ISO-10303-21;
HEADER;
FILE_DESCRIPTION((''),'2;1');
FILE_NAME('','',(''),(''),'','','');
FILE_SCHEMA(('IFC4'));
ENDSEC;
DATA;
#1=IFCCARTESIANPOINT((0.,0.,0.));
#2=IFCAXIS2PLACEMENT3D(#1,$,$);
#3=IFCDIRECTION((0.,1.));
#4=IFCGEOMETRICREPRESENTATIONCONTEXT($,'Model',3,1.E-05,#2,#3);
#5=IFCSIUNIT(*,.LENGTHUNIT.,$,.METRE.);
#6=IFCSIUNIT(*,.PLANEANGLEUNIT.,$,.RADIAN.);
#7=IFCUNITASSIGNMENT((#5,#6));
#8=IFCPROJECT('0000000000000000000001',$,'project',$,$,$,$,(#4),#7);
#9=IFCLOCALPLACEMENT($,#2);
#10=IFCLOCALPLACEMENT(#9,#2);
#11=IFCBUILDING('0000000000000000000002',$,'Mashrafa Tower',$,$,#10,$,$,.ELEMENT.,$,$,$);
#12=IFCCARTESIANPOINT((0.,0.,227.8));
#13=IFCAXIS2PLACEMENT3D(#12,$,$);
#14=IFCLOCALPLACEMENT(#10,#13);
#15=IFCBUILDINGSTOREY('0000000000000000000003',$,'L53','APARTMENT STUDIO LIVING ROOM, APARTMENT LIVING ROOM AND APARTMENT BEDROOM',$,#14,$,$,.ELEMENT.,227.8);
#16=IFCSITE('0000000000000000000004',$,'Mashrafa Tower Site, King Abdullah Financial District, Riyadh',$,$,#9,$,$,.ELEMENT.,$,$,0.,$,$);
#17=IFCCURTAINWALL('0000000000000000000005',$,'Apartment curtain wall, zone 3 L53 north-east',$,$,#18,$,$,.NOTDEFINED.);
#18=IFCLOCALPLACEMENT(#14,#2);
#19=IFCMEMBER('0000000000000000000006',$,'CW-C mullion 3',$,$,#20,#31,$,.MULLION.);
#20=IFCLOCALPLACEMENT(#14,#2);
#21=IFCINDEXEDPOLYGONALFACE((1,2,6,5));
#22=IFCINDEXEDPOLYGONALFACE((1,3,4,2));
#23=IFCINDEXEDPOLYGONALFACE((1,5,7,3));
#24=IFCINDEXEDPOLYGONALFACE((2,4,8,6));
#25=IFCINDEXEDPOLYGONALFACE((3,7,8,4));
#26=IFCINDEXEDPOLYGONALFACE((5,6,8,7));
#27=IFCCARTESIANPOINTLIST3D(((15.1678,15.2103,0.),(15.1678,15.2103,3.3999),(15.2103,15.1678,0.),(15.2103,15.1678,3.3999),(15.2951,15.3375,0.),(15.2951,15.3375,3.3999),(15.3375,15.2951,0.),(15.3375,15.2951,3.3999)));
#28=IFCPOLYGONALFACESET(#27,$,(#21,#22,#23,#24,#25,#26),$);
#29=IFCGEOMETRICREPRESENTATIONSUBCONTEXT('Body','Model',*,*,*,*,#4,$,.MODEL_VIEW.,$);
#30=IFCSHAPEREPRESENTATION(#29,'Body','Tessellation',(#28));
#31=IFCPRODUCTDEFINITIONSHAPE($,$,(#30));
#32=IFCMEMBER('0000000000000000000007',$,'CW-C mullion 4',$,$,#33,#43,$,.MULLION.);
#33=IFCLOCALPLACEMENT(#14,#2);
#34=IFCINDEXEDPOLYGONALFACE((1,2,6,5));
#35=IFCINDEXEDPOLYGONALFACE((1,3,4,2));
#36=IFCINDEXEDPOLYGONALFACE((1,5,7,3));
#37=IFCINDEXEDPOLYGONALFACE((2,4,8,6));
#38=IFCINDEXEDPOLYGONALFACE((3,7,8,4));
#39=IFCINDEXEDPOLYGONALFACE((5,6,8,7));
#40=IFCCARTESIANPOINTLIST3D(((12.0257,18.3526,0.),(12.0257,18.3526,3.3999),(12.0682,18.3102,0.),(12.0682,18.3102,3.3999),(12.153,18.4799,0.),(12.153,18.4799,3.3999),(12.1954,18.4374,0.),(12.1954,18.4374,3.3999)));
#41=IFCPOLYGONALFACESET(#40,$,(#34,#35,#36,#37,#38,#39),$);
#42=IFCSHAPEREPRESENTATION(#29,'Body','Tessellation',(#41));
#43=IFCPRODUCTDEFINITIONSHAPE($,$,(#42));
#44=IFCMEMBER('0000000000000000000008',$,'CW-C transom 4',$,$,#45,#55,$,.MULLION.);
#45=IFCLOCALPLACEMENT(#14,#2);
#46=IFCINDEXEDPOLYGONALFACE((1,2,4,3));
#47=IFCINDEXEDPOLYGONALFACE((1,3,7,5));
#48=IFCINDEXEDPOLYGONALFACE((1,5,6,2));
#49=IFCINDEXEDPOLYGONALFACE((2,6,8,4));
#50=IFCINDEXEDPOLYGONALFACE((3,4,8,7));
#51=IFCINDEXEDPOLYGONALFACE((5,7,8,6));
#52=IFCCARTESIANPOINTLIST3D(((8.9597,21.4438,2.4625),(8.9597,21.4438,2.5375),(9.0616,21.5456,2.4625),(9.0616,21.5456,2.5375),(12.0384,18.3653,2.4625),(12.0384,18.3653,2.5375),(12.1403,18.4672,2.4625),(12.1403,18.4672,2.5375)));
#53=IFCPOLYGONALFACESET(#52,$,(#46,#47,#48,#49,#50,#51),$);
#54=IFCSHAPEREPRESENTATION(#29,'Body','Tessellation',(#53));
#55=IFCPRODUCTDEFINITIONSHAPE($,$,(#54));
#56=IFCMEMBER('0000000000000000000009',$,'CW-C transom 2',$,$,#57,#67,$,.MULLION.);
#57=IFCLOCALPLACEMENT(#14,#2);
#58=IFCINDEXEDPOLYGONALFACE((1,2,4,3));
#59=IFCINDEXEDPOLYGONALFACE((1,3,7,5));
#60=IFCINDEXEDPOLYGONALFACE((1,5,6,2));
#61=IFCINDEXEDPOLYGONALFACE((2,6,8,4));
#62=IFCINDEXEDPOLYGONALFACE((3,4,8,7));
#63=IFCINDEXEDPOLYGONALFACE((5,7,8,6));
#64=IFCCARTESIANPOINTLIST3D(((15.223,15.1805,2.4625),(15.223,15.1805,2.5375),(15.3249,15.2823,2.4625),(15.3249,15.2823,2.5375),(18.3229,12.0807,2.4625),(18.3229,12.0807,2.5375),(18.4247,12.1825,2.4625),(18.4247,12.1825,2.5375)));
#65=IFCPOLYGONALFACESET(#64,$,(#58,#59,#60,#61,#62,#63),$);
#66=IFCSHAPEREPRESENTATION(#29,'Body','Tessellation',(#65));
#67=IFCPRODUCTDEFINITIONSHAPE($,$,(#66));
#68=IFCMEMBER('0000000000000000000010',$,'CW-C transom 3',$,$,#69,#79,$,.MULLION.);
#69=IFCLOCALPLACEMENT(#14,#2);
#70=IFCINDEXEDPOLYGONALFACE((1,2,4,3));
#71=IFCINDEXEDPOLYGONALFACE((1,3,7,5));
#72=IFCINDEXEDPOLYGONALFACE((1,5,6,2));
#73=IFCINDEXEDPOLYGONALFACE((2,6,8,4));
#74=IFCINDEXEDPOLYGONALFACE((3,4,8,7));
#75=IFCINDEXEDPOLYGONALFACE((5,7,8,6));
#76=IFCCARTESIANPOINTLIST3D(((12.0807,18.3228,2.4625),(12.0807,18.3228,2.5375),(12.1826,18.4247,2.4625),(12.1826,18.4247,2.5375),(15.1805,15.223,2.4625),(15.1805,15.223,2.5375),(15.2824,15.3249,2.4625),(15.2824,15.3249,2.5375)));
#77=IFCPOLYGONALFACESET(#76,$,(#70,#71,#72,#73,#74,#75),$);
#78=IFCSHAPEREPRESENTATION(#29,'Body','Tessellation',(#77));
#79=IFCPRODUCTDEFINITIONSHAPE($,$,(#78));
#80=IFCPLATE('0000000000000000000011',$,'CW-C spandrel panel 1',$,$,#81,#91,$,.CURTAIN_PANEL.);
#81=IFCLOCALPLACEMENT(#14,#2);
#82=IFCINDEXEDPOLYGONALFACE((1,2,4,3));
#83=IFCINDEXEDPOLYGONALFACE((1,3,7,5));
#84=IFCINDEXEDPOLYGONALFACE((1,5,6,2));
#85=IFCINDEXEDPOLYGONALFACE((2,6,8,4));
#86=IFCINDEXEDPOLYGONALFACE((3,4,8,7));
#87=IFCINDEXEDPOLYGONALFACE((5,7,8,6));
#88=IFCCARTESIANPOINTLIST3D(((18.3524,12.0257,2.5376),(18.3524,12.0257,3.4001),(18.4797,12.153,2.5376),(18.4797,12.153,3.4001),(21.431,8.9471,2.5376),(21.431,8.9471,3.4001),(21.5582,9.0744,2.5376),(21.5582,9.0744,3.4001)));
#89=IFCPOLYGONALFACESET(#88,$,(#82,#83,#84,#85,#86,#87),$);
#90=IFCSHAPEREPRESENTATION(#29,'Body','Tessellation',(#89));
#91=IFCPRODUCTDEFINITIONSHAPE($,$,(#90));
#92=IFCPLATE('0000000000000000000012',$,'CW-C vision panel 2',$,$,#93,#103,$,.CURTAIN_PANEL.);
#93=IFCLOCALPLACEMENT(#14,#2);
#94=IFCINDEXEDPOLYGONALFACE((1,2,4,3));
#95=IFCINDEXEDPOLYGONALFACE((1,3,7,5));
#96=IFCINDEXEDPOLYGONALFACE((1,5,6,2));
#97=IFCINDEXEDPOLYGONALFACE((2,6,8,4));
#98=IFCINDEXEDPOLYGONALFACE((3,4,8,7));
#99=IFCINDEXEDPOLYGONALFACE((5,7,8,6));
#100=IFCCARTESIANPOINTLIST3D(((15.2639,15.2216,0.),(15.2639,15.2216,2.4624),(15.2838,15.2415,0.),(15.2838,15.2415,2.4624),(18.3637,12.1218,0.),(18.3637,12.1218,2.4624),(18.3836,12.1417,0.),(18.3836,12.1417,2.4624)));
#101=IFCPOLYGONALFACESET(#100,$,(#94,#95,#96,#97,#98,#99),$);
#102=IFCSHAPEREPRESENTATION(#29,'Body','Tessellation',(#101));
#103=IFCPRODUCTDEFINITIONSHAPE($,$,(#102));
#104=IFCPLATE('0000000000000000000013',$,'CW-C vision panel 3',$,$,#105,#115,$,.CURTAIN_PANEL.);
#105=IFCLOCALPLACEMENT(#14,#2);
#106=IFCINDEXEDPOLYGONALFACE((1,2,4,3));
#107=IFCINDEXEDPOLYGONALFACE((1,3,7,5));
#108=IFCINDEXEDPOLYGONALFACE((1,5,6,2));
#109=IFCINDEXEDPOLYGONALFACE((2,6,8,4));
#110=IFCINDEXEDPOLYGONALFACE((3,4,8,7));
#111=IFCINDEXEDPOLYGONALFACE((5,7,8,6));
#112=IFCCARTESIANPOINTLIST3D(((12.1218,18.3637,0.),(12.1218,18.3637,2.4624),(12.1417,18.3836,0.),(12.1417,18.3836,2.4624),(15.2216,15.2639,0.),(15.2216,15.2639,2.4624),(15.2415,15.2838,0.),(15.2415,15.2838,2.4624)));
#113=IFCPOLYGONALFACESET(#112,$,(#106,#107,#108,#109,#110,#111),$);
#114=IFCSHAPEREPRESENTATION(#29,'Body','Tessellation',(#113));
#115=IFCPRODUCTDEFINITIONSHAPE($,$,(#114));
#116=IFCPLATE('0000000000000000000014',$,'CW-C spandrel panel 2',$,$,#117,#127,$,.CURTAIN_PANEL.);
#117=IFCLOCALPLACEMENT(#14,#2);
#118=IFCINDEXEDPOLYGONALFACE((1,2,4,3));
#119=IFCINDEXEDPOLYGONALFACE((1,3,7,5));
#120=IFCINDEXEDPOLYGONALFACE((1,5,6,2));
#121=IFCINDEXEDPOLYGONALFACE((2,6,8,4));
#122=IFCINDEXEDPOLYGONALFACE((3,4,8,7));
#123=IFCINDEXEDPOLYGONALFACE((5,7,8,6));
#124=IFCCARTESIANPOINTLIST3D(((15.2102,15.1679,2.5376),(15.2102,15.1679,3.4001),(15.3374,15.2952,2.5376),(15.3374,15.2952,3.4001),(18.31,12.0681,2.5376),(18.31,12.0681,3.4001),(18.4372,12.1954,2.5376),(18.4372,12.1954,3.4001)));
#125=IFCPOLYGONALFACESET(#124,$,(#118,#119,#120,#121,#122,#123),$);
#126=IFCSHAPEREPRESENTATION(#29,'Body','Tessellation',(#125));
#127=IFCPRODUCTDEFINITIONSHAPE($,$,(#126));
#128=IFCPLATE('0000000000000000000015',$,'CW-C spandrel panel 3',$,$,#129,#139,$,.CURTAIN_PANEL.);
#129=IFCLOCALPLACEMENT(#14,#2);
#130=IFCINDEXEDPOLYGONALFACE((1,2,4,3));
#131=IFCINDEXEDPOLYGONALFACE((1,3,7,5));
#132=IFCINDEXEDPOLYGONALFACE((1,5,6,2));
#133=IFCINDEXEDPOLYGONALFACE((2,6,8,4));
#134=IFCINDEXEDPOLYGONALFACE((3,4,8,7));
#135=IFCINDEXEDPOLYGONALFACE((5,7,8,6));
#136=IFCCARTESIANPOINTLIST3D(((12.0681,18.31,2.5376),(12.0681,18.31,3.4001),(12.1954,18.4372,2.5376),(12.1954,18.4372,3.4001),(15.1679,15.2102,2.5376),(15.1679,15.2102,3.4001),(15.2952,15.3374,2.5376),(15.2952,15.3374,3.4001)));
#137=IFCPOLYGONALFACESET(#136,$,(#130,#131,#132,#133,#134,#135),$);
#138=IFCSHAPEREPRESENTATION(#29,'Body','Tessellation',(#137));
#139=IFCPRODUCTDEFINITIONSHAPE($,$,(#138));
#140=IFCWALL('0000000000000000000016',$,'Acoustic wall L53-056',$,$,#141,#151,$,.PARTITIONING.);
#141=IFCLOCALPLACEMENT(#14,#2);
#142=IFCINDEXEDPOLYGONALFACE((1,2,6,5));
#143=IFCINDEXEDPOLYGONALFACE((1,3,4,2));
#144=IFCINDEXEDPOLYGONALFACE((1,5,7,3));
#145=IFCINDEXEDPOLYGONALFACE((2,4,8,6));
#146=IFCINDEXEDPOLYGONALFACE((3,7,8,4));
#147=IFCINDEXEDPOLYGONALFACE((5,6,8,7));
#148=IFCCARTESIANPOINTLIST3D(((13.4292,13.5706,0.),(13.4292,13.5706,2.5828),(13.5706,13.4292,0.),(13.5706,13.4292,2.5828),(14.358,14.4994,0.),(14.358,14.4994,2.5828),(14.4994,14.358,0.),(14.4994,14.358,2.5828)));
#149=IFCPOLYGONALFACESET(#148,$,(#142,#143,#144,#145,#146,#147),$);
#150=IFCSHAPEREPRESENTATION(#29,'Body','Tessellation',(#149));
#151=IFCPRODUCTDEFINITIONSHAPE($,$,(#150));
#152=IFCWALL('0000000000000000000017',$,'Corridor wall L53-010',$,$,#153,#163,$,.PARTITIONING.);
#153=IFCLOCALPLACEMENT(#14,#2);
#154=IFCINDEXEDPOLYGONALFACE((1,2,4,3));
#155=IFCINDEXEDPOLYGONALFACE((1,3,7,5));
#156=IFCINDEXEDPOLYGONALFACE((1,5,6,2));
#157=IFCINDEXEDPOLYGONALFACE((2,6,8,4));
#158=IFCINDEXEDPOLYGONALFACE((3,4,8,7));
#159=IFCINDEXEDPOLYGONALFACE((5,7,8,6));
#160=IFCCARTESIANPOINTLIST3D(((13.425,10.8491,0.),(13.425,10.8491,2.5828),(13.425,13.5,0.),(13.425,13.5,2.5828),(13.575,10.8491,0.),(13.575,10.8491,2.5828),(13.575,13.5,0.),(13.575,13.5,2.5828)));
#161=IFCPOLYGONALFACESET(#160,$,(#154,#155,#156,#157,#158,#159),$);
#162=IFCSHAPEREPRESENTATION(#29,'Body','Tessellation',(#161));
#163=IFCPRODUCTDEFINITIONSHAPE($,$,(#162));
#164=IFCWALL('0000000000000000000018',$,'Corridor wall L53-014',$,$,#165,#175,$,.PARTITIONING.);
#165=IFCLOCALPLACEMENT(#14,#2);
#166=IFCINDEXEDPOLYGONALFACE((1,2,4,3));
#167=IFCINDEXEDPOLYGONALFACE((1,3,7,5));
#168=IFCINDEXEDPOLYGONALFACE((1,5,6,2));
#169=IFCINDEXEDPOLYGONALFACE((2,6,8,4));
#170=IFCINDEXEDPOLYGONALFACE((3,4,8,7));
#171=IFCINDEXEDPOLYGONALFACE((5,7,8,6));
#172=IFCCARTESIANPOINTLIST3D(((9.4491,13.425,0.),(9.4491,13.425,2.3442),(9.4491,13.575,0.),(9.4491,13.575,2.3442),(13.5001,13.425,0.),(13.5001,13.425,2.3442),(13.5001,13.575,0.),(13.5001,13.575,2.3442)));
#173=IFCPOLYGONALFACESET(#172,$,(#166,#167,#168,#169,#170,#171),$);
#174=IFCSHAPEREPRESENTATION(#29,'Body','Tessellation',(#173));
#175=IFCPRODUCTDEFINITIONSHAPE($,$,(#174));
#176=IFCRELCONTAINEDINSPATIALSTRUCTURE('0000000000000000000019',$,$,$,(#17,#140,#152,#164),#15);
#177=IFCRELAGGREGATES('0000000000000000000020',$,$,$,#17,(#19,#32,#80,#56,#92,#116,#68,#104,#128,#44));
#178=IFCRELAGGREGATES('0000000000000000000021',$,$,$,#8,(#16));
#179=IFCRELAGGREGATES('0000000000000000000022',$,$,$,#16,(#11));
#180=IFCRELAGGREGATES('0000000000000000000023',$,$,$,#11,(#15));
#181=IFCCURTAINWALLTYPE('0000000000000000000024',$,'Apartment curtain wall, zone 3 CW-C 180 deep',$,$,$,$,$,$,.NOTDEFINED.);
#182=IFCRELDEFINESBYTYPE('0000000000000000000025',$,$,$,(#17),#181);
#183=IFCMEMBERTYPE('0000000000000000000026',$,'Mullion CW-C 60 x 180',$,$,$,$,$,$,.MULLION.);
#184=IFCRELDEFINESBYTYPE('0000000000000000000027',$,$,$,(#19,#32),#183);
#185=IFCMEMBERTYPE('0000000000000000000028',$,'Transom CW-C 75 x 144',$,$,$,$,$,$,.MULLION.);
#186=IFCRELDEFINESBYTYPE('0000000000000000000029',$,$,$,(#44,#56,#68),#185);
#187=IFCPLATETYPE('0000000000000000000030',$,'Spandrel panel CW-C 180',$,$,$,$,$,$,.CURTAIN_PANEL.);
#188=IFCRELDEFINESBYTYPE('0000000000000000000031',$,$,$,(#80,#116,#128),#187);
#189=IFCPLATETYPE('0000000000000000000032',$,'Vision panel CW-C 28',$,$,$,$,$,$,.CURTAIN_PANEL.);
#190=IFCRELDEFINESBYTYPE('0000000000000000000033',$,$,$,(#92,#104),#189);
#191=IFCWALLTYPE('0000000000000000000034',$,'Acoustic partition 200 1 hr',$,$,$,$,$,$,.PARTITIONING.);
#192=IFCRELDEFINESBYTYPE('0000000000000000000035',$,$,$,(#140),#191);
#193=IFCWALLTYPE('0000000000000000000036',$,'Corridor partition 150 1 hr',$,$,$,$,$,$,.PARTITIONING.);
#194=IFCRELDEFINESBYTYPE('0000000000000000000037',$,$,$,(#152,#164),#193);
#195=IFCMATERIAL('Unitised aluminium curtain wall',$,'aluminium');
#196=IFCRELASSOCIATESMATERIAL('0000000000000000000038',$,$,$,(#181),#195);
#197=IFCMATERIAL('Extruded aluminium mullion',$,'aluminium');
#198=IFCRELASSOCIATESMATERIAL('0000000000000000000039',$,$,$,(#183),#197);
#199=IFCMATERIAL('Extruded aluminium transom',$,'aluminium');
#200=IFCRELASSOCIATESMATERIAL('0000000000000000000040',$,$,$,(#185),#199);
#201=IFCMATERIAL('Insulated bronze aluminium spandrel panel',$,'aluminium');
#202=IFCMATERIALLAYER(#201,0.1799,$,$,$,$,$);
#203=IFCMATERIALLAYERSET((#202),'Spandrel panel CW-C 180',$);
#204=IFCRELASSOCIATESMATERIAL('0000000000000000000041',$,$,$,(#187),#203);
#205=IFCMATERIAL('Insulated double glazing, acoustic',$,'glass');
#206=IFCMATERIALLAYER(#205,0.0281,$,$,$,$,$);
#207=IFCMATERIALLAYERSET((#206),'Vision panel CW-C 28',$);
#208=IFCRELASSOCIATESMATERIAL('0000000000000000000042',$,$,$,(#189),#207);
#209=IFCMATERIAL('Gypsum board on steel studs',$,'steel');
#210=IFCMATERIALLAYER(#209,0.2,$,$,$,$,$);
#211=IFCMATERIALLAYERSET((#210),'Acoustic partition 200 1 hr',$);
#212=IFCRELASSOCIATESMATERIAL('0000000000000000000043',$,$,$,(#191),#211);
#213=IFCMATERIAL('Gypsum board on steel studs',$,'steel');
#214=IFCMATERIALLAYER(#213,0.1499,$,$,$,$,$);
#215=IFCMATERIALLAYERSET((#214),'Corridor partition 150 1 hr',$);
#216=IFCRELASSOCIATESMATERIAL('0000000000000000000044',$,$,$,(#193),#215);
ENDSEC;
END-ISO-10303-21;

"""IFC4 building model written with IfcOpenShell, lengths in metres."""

from ifc_helpers import new_model, si_unit, direction, frame, frame_2d, origin, origin_2d, place, context, subcontext, project, spatial, rectangle, extrude, source, transform, mapped, material, layer, layer_set, material_profile, profile_set, type_object, type_shapes, element, aggregate, save


model = new_model("IFC4")

# Units and contexts
model_context = context("Model", 3, precision=1e-05, world=origin(), true_north=direction((0.0, 1.0)))
body_context = subcontext(model_context, "Body", "Model", "MODEL_VIEW")
ifc_project = project(units=[si_unit("LENGTHUNIT", "METRE"), si_unit("PLANEANGLEUNIT", "RADIAN")], contexts=[model_context])

# Site, building, storey
site_placement = place(None, origin())
site = spatial("IfcSite", under=ifc_project, at=site_placement, Name="Mashrafa Tower Site, King Abdullah Financial District, Riyadh", CompositionType="ELEMENT", RefElevation=0.0)
building_placement = place(site_placement, origin())
building = spatial("IfcBuilding", under=site, at=building_placement, Name="Mashrafa Tower", CompositionType="ELEMENT")
storey_placement = place(building_placement, frame((0.0, 0.0, 227.8)))
storey = spatial("IfcBuildingStorey", under=building, at=storey_placement, Name="L53", Description="APARTMENT STUDIO LIVING ROOM, APARTMENT LIVING ROOM AND APARTMENT BEDROOM", CompositionType="ELEMENT", Elevation=227.8)

# Curtain wall, members, plates
ifc_material_1 = material(Name="Unitised aluminium curtain wall", Category="aluminium")
curtain_wall_type = type_object("IfcCurtainWallType", Name="Apartment curtain wall, zone 3 CW-C 180 deep", PredefinedType="NOTDEFINED", material=ifc_material_1)
curtain_wall_placement = place(storey_placement, origin())
curtain_wall = element("IfcCurtainWall", 1, at=curtain_wall_placement, inside=storey, type_object=curtain_wall_type, Name="Apartment curtain wall, zone 3 L53 north-east", PredefinedType="NOTDEFINED")
ifc_material_2 = material(Name="Extruded aluminium mullion", Category="aluminium")
ifc_material_profile_1 = material_profile(ifc_material_2, rectangle(XDim=0.1799, YDim=0.0601, at=origin_2d()), Name="Mullion 60x180")
ifc_profile_set_1 = profile_set([ifc_material_profile_1], Name="Extruded aluminium mullion")
member_type_1 = type_object("IfcMemberType", Name="Mullion CW-C 60 x 180", PredefinedType="MULLION", material=ifc_profile_set_1)
shared_shape_1 = source(origin(), body_context, "Body", "SweptSolid", [
    extrude(rectangle(XDim=0.1799, YDim=0.0601, at=origin_2d()), origin(), (0.0, 0.0, 1.0), 3.3999),
])
type_shapes(member_type_1, [shared_shape_1])
member_1_placement = place(storey_placement, frame((15.2527, 15.2527, 0.0), z_axis=(0.0, 0.0, 1.0), x_axis=(-0.707107, -0.707107, 0.0)))
member_1 = element("IfcMember", 2, at=member_1_placement, type_object=member_type_1, Name="CW-C mullion 3", PredefinedType="MULLION", context=body_context, shape_type="MappedRepresentation", body=[
    mapped(shared_shape_1, transform((0.0, 0.0, 0.0))),
])
member_2_placement = place(storey_placement, frame((12.1106, 18.395, 0.0), z_axis=(0.0, 0.0, 1.0), x_axis=(-0.707107, -0.707107, 0.0)))
member_2 = element("IfcMember", 3, at=member_2_placement, type_object=member_type_1, Name="CW-C mullion 4", PredefinedType="MULLION", context=body_context, shape_type="MappedRepresentation", body=[
    mapped(shared_shape_1, transform((0.0, 0.0, 0.0))),
])
ifc_material_3 = material(Name="Extruded aluminium transom", Category="aluminium")
ifc_material_profile_2 = material_profile(ifc_material_3, rectangle(XDim=0.144, YDim=0.075, at=origin_2d()), Name="Transom 75x144")
ifc_profile_set_2 = profile_set([ifc_material_profile_2], Name="Extruded aluminium transom")
member_type_2 = type_object("IfcMemberType", Name="Transom CW-C 75 x 144", PredefinedType="MULLION", material=ifc_profile_set_2)
shared_shape_2 = source(origin(), body_context, "Body", "SweptSolid", [
    extrude(rectangle(XDim=0.144, YDim=0.075, at=origin_2d()), origin(), (0.0, 0.0, 1.0), 4.3538),
])
member_3_placement = place(storey_placement, frame((12.0894, 18.4163, 2.5), z_axis=(-0.707135, 0.707079, 0.0), x_axis=(-0.707079, -0.707135, 0.0)))
member_3 = element("IfcMember", 4, at=member_3_placement, type_object=member_type_2, Name="CW-C transom 4", PredefinedType="MULLION", context=body_context, shape_type="MappedRepresentation", body=[
    mapped(shared_shape_2, transform((0.0, 0.0, 0.0))),
])
shared_shape_3 = source(origin(), body_context, "Body", "SweptSolid", [
    extrude(rectangle(XDim=0.144, YDim=0.075, at=origin_2d()), origin(), (0.0, 0.0, 1.0), 4.3838),
])
type_shapes(member_type_2, [shared_shape_2, shared_shape_3])
member_4_placement = place(storey_placement, frame((18.3738, 12.1316, 2.5), z_axis=(-0.707107, 0.707107, 0.0), x_axis=(-0.707107, -0.707107, 0.0)))
member_4 = element("IfcMember", 5, at=member_4_placement, type_object=member_type_2, Name="CW-C transom 2", PredefinedType="MULLION", context=body_context, shape_type="MappedRepresentation", body=[
    mapped(shared_shape_3, transform((0.0, 0.0, 0.0))),
])
member_5_placement = place(storey_placement, frame((15.2314, 15.2739, 2.5), z_axis=(-0.707107, 0.707107, 0.0), x_axis=(-0.707107, -0.707107, 0.0)))
member_5 = element("IfcMember", 6, at=member_5_placement, type_object=member_type_2, Name="CW-C transom 3", PredefinedType="MULLION", context=body_context, shape_type="MappedRepresentation", body=[
    mapped(shared_shape_3, transform((0.0, 0.0, 0.0))),
])
ifc_material_4 = material(Name="Insulated bronze aluminium spandrel panel", Category="aluminium")
ifc_layer_1 = layer(ifc_material_4, 0.1799)
ifc_layer_set_1 = layer_set([ifc_layer_1], Name="Spandrel panel CW-C 180")
plate_type_1 = type_object("IfcPlateType", Name="Spandrel panel CW-C 180", PredefinedType="CURTAIN_PANEL", material=ifc_layer_set_1)
shared_shape_4 = source(origin(), body_context, "Body", "SweptSolid", [
    extrude(rectangle(XDim=4.3538, YDim=0.1799, at=origin_2d()), origin(), (0.0, 0.0, 1.0), 0.8625),
])
plate_1_placement = place(storey_placement, frame((19.9553, 10.55, 2.5376), z_axis=(0.0, 0.0, 1.0), x_axis=(-0.707107, 0.707107, 0.0)))
plate_1 = element("IfcPlate", 7, at=plate_1_placement, type_object=plate_type_1, Name="CW-C spandrel panel 1", PredefinedType="CURTAIN_PANEL", context=body_context, shape_type="MappedRepresentation", body=[
    mapped(shared_shape_4, transform((0.0, 0.0, 0.0))),
])
ifc_material_5 = material(Name="Insulated double glazing, acoustic", Category="glass")
ifc_layer_2 = layer(ifc_material_5, 0.0281)
ifc_layer_set_2 = layer_set([ifc_layer_2], Name="Vision panel CW-C 28")
plate_type_2 = type_object("IfcPlateType", Name="Vision panel CW-C 28", PredefinedType="CURTAIN_PANEL", material=ifc_layer_set_2)
shared_shape_5 = source(origin(), body_context, "Body", "SweptSolid", [
    extrude(rectangle(XDim=4.3838, YDim=0.0281, at=origin_2d()), origin(), (0.0, 0.0, 1.0), 2.4624),
])
type_shapes(plate_type_2, [shared_shape_5])
plate_2_placement = place(storey_placement, frame((16.8237, 13.6816, 0.0), z_axis=(0.0, 0.0, 1.0), x_axis=(-0.707107, 0.707107, 0.0)))
plate_2 = element("IfcPlate", 8, at=plate_2_placement, type_object=plate_type_2, Name="CW-C vision panel 2", PredefinedType="CURTAIN_PANEL", context=body_context, shape_type="MappedRepresentation", body=[
    mapped(shared_shape_5, transform((0.0, 0.0, 0.0))),
])
plate_3_placement = place(storey_placement, frame((13.6816, 16.8237, 0.0), z_axis=(0.0, 0.0, 1.0), x_axis=(-0.707107, 0.707107, 0.0)))
plate_3 = element("IfcPlate", 9, at=plate_3_placement, type_object=plate_type_2, Name="CW-C vision panel 3", PredefinedType="CURTAIN_PANEL", context=body_context, shape_type="MappedRepresentation", body=[
    mapped(shared_shape_5, transform((0.0, 0.0, 0.0))),
])
shared_shape_6 = source(origin(), body_context, "Body", "SweptSolid", [
    extrude(rectangle(XDim=4.3838, YDim=0.1799, at=origin_2d()), origin(), (0.0, 0.0, 1.0), 0.8625),
])
type_shapes(plate_type_1, [shared_shape_4, shared_shape_6])
plate_4_placement = place(storey_placement, frame((16.8237, 13.6816, 2.5376), z_axis=(0.0, 0.0, 1.0), x_axis=(-0.707107, 0.707107, 0.0)))
plate_4 = element("IfcPlate", 10, at=plate_4_placement, type_object=plate_type_1, Name="CW-C spandrel panel 2", PredefinedType="CURTAIN_PANEL", context=body_context, shape_type="MappedRepresentation", body=[
    mapped(shared_shape_6, transform((0.0, 0.0, 0.0))),
])
plate_5_placement = place(storey_placement, frame((13.6816, 16.8237, 2.5376), z_axis=(0.0, 0.0, 1.0), x_axis=(-0.707107, 0.707107, 0.0)))
plate_5 = element("IfcPlate", 11, at=plate_5_placement, type_object=plate_type_1, Name="CW-C spandrel panel 3", PredefinedType="CURTAIN_PANEL", context=body_context, shape_type="MappedRepresentation", body=[
    mapped(shared_shape_6, transform((0.0, 0.0, 0.0))),
])
aggregate(curtain_wall, [member_1, member_2, plate_1, member_4, plate_2, plate_4, member_5, plate_3, plate_5, member_3])

# Walls
ifc_material_6 = material(Name="Gypsum board on steel studs", Category="steel")
ifc_layer_3 = layer(ifc_material_6, 0.2)
ifc_layer_set_3 = layer_set([ifc_layer_3], Name="Acoustic partition 200 1 hr")
wall_type_1 = type_object("IfcWallType", Name="Acoustic partition 200 1 hr", PredefinedType="PARTITIONING", material=ifc_layer_set_3)
wall_1_placement = place(storey_placement, frame((14.4287, 14.4287, 0.0), z_axis=(0.0, 0.0, 1.0), x_axis=(-0.707107, -0.707107, 0.0)))
element("IfcWall", 12, at=wall_1_placement, inside=storey, type_object=wall_type_1, Name="Acoustic wall L53-056", PredefinedType="PARTITIONING", context=body_context, shape_type="SweptSolid", body=[
    extrude(rectangle(XDim=1.3135, YDim=0.2, at=frame_2d((0.6567, 0.0))), origin(), (0.0, 0.0, 1.0), 2.5828),
])
ifc_material_7 = material(Name="Gypsum board on steel studs", Category="steel")
ifc_layer_4 = layer(ifc_material_7, 0.1499)
ifc_layer_set_4 = layer_set([ifc_layer_4], Name="Corridor partition 150 1 hr")
wall_type_2 = type_object("IfcWallType", Name="Corridor partition 150 1 hr", PredefinedType="PARTITIONING", material=ifc_layer_set_4)
wall_2_placement = place(storey_placement, frame((13.5, 10.8491, 0.0), z_axis=(0.0, 0.0, 1.0), x_axis=(0.0, 1.0, 0.0)))
element("IfcWall", 13, at=wall_2_placement, inside=storey, type_object=wall_type_2, Name="Corridor wall L53-010", PredefinedType="PARTITIONING", context=body_context, shape_type="SweptSolid", body=[
    extrude(rectangle(XDim=2.6509, YDim=0.1499, at=frame_2d((1.3254, 0.0))), origin(), (0.0, 0.0, 1.0), 2.5828),
])
wall_3_placement = place(storey_placement, frame((13.5, 13.5, 0.0), z_axis=(0.0, 0.0, 1.0), x_axis=(-1.0, 0.0, 0.0)))
element("IfcWall", 14, at=wall_3_placement, inside=storey, type_object=wall_type_2, Name="Corridor wall L53-014", PredefinedType="PARTITIONING", context=body_context, shape_type="SweptSolid", body=[
    extrude(rectangle(XDim=4.051, YDim=0.1499, at=frame_2d((2.0254, 0.0))), origin(), (0.0, 0.0, 1.0), 2.3442),
])

save(model, "model.ifc")
